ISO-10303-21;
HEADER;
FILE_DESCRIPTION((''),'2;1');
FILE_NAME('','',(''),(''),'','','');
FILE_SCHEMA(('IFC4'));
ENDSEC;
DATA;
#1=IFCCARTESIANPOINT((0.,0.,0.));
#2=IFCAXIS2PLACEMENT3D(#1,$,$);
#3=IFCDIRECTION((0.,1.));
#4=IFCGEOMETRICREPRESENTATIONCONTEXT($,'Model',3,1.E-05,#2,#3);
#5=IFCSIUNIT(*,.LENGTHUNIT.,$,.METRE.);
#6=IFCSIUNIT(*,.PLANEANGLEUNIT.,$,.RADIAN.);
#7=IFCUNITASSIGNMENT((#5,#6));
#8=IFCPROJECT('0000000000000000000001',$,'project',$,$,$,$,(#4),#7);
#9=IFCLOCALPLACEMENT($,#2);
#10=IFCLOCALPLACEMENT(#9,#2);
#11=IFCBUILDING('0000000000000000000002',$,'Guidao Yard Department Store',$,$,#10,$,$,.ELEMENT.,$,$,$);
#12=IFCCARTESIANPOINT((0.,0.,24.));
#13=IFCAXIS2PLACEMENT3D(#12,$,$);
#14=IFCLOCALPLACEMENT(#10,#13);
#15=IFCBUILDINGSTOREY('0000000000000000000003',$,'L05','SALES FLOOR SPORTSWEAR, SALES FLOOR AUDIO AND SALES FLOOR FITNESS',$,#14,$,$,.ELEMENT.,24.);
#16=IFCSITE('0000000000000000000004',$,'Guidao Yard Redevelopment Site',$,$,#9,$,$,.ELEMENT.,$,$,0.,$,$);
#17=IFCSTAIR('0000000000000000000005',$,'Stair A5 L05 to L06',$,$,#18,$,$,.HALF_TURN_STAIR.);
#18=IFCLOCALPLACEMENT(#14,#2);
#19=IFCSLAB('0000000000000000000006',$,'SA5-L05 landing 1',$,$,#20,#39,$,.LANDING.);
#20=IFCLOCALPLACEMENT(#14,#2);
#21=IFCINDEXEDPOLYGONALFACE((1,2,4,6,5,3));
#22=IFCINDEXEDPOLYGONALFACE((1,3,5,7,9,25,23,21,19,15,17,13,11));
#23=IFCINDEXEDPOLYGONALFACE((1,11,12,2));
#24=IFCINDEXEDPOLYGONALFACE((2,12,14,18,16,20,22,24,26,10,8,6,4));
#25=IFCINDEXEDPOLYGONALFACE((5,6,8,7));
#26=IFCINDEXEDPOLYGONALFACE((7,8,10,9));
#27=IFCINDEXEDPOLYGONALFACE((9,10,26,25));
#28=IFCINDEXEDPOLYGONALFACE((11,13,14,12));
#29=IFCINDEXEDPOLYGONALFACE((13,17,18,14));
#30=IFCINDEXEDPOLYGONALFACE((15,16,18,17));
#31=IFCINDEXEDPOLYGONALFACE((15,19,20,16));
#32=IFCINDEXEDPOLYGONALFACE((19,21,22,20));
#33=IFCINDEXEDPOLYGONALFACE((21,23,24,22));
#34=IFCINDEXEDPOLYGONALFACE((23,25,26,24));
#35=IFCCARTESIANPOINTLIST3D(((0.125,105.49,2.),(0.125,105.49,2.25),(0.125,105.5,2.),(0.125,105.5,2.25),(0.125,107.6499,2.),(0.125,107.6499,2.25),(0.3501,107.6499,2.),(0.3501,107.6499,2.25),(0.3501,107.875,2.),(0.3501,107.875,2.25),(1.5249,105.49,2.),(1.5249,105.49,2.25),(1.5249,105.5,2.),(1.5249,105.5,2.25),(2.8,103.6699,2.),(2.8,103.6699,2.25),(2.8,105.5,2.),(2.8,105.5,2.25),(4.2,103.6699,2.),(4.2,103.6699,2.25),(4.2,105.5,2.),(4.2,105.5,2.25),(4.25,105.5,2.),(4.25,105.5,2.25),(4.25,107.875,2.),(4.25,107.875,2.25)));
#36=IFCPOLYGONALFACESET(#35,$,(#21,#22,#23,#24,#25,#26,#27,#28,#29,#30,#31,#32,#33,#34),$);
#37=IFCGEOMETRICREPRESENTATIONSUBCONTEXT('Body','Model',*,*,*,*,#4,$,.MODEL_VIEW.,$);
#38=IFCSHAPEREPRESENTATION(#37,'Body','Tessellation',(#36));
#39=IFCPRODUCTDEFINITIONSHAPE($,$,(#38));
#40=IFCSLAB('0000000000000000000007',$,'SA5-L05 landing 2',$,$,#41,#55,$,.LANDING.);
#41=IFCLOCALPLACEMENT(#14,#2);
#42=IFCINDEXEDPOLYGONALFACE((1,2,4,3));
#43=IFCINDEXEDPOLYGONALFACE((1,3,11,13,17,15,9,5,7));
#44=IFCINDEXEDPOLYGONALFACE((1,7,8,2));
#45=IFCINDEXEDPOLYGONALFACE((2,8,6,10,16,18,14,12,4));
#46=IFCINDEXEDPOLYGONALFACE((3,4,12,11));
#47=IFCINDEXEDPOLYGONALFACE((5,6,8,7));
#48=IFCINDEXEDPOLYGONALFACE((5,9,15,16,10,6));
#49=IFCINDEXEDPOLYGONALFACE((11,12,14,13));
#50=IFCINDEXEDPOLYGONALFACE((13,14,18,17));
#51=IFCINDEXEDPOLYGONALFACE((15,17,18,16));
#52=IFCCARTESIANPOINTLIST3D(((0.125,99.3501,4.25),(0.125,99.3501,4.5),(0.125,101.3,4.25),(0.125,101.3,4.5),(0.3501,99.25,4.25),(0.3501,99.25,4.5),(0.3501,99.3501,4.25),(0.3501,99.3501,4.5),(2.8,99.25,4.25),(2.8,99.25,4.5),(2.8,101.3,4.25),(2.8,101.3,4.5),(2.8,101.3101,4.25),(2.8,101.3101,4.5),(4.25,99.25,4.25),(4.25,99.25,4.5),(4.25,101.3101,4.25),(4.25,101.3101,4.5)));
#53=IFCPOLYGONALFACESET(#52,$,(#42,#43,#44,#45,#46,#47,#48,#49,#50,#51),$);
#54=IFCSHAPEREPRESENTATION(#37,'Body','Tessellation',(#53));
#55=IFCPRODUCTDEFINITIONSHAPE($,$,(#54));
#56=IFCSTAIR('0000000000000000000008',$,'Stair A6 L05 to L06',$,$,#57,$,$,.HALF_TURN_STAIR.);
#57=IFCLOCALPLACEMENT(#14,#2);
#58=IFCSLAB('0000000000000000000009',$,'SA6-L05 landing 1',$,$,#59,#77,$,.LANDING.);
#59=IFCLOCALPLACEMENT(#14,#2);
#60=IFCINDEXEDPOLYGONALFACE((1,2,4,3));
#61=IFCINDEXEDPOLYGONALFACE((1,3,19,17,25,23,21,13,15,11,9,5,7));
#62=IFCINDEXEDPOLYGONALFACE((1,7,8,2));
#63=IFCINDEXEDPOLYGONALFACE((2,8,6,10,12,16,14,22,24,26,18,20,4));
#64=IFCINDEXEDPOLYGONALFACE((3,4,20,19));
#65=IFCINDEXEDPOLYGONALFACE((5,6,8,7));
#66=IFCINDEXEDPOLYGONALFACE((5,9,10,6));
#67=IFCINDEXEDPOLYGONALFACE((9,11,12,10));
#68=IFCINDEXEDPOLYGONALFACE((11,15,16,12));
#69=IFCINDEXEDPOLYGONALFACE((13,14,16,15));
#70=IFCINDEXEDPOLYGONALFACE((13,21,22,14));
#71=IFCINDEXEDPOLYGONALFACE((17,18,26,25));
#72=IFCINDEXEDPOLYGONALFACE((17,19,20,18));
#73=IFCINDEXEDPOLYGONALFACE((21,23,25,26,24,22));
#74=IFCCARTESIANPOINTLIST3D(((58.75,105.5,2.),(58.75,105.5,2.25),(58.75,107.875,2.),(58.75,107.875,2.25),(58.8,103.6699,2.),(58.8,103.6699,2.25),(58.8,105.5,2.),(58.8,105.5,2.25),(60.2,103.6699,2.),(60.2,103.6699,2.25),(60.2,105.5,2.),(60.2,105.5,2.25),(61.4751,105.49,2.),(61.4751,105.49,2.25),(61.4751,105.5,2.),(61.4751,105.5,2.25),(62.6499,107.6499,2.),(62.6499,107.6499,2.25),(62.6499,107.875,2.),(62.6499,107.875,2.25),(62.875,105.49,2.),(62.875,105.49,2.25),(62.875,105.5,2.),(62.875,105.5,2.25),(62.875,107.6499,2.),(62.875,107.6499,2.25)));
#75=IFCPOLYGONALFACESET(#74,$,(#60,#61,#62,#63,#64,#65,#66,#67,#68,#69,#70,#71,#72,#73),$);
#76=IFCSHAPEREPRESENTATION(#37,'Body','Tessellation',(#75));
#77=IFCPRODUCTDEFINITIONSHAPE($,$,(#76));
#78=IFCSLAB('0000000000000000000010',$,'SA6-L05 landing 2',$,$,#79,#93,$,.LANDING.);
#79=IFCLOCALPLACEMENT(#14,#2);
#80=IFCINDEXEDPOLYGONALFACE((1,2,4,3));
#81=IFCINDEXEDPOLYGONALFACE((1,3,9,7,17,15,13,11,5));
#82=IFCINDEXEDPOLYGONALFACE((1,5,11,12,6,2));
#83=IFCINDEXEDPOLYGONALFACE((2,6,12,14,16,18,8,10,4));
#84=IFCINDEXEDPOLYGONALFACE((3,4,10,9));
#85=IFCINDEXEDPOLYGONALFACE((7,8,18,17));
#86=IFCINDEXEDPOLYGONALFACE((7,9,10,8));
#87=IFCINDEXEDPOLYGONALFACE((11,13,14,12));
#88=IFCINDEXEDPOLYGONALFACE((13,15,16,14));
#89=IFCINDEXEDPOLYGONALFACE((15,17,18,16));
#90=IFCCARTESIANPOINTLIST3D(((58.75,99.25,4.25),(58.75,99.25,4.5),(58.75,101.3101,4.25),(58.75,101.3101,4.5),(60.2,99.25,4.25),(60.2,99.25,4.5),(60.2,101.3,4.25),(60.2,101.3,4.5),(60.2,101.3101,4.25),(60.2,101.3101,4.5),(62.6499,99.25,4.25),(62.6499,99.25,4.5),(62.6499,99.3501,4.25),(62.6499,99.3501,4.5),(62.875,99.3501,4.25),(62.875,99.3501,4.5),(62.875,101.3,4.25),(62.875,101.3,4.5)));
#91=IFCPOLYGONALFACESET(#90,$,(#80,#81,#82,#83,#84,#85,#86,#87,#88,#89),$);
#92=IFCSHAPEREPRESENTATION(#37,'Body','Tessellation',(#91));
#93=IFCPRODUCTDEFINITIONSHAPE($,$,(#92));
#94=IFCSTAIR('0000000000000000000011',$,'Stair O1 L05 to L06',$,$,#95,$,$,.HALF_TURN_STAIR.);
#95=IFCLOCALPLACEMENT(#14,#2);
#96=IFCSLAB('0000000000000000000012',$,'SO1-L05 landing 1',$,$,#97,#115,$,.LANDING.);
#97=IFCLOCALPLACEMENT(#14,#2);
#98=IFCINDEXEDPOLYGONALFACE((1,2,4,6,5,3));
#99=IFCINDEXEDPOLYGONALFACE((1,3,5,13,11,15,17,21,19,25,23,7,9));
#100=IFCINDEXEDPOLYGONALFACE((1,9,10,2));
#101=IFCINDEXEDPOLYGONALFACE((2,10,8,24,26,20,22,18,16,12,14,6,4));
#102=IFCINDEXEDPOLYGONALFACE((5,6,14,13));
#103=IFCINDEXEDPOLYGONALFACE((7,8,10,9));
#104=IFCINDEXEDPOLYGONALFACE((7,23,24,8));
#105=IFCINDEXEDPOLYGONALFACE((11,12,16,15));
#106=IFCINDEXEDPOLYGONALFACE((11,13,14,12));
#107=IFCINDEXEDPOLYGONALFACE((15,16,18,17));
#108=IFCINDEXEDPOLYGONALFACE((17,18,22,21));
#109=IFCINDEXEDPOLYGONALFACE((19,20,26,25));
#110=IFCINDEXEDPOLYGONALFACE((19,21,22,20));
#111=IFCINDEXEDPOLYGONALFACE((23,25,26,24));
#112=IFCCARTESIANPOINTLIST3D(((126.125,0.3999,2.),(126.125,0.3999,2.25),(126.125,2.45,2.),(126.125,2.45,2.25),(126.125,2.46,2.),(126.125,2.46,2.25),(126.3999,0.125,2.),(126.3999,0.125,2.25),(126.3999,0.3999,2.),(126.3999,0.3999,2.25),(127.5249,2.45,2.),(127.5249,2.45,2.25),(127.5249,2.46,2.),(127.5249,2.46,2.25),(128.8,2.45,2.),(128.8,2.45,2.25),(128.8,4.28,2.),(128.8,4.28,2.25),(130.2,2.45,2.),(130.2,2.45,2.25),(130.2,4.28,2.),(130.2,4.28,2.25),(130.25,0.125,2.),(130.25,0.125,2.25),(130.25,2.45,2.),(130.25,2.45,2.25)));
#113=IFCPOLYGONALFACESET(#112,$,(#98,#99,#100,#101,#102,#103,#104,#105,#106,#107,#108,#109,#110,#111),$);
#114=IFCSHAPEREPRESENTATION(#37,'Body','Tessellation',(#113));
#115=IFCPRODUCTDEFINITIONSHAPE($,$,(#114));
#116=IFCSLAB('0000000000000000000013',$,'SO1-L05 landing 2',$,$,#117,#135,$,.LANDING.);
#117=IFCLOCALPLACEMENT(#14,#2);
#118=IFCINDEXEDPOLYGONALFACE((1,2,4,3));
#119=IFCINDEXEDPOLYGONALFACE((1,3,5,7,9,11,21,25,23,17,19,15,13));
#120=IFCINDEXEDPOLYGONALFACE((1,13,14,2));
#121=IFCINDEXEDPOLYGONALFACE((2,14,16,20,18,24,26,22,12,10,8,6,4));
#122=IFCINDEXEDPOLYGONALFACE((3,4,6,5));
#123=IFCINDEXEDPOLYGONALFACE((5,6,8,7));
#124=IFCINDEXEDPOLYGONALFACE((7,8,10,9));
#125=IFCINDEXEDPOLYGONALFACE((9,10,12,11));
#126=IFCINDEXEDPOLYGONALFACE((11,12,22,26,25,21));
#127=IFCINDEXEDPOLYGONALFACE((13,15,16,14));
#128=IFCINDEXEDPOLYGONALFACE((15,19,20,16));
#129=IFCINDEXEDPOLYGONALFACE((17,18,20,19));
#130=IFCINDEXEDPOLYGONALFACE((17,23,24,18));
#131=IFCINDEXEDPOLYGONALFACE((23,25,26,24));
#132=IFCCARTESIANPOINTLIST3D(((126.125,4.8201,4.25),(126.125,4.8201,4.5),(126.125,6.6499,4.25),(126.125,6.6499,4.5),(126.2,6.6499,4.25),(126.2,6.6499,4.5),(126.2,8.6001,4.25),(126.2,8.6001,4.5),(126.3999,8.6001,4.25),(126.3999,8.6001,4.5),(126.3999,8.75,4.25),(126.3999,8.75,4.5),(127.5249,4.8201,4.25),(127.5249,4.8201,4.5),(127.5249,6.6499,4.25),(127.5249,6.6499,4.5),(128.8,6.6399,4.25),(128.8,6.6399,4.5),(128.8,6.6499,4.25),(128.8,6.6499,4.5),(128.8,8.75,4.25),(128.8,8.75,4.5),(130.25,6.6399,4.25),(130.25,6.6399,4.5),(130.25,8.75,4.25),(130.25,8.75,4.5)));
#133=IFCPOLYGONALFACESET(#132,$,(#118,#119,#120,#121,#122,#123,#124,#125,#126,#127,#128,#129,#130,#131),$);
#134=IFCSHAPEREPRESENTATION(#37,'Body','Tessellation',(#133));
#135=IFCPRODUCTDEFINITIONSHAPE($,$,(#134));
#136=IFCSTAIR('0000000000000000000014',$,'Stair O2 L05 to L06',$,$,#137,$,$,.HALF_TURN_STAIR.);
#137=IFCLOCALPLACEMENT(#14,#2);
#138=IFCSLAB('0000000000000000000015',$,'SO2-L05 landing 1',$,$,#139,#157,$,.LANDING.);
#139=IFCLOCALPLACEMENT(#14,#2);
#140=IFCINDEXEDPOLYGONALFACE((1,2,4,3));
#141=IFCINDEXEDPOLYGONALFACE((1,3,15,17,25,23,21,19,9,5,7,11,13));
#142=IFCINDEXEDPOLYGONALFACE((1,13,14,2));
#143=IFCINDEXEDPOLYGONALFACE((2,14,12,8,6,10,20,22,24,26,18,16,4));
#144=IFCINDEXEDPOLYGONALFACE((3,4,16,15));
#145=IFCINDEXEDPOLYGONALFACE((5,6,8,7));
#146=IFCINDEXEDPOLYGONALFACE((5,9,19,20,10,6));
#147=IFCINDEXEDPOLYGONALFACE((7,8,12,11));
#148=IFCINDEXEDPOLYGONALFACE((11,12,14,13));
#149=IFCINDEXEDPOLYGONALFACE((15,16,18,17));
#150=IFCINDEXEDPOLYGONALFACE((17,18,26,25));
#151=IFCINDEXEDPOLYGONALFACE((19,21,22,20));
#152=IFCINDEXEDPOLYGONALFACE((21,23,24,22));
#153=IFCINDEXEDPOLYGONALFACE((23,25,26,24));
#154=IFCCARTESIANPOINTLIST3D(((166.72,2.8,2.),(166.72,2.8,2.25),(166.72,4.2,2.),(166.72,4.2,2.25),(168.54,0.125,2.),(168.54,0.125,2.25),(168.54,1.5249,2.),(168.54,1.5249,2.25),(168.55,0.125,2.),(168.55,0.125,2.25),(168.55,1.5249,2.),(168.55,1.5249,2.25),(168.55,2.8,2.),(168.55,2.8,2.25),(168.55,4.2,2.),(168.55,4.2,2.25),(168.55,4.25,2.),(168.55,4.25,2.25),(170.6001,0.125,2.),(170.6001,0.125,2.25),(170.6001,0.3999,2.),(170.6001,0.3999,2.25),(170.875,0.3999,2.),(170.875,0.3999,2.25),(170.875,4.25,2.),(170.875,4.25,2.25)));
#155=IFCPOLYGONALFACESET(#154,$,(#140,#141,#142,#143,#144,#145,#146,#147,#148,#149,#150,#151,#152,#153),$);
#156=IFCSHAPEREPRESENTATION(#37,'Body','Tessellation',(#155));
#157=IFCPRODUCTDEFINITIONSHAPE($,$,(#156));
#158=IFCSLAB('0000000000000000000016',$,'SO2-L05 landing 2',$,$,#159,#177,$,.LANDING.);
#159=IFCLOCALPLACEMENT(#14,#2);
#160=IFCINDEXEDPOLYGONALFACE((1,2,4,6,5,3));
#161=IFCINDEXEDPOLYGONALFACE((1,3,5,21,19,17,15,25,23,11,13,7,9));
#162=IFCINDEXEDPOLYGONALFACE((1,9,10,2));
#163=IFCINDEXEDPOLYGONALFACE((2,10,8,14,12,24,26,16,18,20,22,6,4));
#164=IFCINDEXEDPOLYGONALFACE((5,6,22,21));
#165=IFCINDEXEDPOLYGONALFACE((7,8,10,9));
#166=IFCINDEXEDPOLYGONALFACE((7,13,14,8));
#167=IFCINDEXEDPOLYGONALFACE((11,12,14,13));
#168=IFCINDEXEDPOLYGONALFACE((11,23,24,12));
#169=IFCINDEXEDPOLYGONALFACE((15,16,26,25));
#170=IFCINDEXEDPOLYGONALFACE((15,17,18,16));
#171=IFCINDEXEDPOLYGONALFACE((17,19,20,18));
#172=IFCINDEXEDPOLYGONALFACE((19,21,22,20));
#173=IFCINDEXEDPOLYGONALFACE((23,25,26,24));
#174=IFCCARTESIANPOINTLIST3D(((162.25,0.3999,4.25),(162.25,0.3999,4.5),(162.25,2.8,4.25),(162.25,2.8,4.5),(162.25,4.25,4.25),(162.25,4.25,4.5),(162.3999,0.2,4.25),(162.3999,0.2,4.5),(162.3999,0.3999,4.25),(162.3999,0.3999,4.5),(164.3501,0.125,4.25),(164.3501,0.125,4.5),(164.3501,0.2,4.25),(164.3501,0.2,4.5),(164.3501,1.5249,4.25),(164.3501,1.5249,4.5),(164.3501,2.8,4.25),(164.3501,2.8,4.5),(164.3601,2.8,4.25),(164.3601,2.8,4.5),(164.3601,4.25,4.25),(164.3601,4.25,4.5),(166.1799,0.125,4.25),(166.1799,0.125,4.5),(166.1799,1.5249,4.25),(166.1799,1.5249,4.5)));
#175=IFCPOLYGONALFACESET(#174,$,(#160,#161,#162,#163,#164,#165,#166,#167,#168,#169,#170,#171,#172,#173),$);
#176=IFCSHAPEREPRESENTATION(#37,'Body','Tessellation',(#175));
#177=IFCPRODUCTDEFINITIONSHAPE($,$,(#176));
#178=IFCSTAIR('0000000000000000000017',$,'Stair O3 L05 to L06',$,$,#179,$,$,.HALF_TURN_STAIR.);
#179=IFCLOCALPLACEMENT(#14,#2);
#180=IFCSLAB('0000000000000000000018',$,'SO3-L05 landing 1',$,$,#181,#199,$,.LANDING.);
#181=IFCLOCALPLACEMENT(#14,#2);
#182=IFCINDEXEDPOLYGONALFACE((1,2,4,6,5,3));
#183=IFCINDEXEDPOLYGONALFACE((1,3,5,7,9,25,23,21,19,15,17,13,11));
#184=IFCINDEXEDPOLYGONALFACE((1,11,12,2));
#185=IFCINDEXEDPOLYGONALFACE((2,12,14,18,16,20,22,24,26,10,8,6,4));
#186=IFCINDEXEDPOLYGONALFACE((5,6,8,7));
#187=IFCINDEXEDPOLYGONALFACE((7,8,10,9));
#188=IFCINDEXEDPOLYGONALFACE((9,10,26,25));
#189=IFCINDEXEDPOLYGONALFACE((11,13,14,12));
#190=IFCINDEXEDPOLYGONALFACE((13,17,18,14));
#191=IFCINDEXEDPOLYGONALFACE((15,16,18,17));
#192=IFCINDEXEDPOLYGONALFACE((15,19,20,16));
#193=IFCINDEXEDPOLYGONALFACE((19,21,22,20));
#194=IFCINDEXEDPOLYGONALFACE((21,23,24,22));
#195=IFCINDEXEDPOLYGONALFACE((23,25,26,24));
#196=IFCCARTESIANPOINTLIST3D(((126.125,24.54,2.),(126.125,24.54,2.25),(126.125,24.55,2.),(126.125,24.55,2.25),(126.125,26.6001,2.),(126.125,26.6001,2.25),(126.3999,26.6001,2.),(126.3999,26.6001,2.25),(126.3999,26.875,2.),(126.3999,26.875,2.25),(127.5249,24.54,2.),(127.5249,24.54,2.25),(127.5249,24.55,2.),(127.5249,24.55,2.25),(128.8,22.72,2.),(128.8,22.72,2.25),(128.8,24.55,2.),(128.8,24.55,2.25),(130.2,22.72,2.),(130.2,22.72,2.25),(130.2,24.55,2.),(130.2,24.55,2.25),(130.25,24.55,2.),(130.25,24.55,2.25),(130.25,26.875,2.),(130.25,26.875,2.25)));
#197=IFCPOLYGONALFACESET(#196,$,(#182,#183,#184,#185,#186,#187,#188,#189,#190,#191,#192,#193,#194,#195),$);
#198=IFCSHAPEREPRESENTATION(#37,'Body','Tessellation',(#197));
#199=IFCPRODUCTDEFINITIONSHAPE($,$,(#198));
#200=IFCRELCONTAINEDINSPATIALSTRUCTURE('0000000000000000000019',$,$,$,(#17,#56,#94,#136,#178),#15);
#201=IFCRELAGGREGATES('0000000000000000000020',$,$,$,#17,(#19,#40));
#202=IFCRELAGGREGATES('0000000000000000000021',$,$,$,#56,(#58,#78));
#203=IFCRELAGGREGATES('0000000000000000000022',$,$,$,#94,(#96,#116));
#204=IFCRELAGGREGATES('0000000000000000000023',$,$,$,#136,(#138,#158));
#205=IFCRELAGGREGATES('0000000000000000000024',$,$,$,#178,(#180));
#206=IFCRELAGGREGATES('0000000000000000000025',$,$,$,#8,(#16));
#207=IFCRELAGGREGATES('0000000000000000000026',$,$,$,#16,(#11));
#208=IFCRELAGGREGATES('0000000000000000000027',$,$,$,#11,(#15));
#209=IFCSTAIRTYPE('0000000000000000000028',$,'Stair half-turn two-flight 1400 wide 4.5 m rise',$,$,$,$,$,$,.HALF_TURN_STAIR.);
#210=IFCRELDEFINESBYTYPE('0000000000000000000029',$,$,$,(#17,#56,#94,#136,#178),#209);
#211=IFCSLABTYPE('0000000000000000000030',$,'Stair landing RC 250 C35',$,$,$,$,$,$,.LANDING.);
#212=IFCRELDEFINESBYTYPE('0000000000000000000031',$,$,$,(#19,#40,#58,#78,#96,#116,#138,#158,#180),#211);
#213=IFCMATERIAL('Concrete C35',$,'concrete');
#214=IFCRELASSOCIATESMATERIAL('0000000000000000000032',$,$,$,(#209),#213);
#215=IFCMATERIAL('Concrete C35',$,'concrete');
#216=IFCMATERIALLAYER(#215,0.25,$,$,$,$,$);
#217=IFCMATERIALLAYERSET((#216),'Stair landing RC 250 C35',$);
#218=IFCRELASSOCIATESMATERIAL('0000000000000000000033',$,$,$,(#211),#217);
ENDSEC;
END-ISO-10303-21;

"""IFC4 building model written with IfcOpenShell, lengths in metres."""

from ifc_helpers import new_model, si_unit, direction, frame, origin, place, context, subcontext, project, spatial, polyline, outline, extrude, material, layer, layer_set, type_object, element, aggregate, save


model = new_model("IFC4")

# Units and contexts
model_context = context("Model", 3, precision=1e-05, world=origin(), true_north=direction((0.0, 1.0)))
body_context = subcontext(model_context, "Body", "Model", "MODEL_VIEW")
ifc_project = project(units=[si_unit("LENGTHUNIT", "METRE"), si_unit("PLANEANGLEUNIT", "RADIAN")], contexts=[model_context])

# Site, building, storey
site_placement = place(None, origin())
site = spatial("IfcSite", under=ifc_project, at=site_placement, Name="Guidao Yard Redevelopment Site", CompositionType="ELEMENT", RefElevation=0.0)
building_placement = place(site_placement, origin())
building = spatial("IfcBuilding", under=site, at=building_placement, Name="Guidao Yard Department Store", CompositionType="ELEMENT")
storey_placement = place(building_placement, frame((0.0, 0.0, 24.0)))
storey = spatial("IfcBuildingStorey", under=building, at=storey_placement, Name="L05", Description="SALES FLOOR SPORTSWEAR, SALES FLOOR AUDIO AND SALES FLOOR FITNESS", CompositionType="ELEMENT", Elevation=24.0)

# Stairs, slabs
ifc_material_1 = material(Name="Concrete C35", Category="concrete")
stair_type = type_object("IfcStairType", Name="Stair half-turn two-flight 1400 wide 4.5 m rise", PredefinedType="HALF_TURN_STAIR", material=ifc_material_1)
stair_1_placement = place(storey_placement, origin())
stair_1 = element("IfcStair", 1, at=stair_1_placement, inside=storey, type_object=stair_type, Name="Stair A5 L05 to L06", PredefinedType="HALF_TURN_STAIR")
ifc_material_2 = material(Name="Concrete C35", Category="concrete")
ifc_layer_1 = layer(ifc_material_2, 0.25)
ifc_layer_set_1 = layer_set([ifc_layer_1], Name="Stair landing RC 250 C35")
slab_type_1 = type_object("IfcSlabType", Name="Stair landing RC 250 C35", PredefinedType="LANDING", material=ifc_layer_set_1)
slab_1_placement = place(storey_placement, frame((0.0, 0.0, 2.0)))
slab_1 = element("IfcSlab", 2, at=slab_1_placement, type_object=slab_type_1, Name="SA5-L05 landing 1", PredefinedType="LANDING", context=body_context, shape_type="SweptSolid", body=[
    extrude(outline(polyline([(2.8, 105.5), (1.5249, 105.5), (1.5249, 105.49), (0.125, 105.49), (0.125, 105.5), (0.125, 107.6499), (0.3501, 107.6499), (0.3501, 107.875), (4.25, 107.875), (4.25, 105.5), (4.2, 105.5), (4.2, 103.6699), (2.8, 103.6699), (2.8, 105.5)])), origin(), (0.0, 0.0, 1.0), 0.25),
])
slab_2_placement = place(storey_placement, frame((0.0, 0.0, 4.25)))
slab_2 = element("IfcSlab", 3, at=slab_2_placement, type_object=slab_type_1, Name="SA5-L05 landing 2", PredefinedType="LANDING", context=body_context, shape_type="SweptSolid", body=[
    extrude(outline(polyline([(2.8, 101.3), (2.8, 101.3101), (4.25, 101.3101), (4.25, 99.25), (2.8, 99.25), (0.3501, 99.25), (0.3501, 99.3501), (0.125, 99.3501), (0.125, 101.3), (2.8, 101.3)])), origin(), (0.0, 0.0, 1.0), 0.25),
])
aggregate(stair_1, [slab_1, slab_2])
stair_2_placement = place(storey_placement, origin())
stair_2 = element("IfcStair", 4, at=stair_2_placement, inside=storey, type_object=stair_type, Name="Stair A6 L05 to L06", PredefinedType="HALF_TURN_STAIR")
slab_3_placement = place(storey_placement, frame((0.0, 0.0, 2.0)))
slab_3 = element("IfcSlab", 5, at=slab_3_placement, type_object=slab_type_1, Name="SA6-L05 landing 1", PredefinedType="LANDING", context=body_context, shape_type="SweptSolid", body=[
    extrude(outline(polyline([(58.8, 105.5), (58.75, 105.5), (58.75, 107.875), (62.6499, 107.875), (62.6499, 107.6499), (62.875, 107.6499), (62.875, 105.5), (62.875, 105.49), (61.4751, 105.49), (61.4751, 105.5), (60.2, 105.5), (60.2, 103.6699), (58.8, 103.6699), (58.8, 105.5)])), origin(), (0.0, 0.0, 1.0), 0.25),
])
slab_4_placement = place(storey_placement, frame((0.0, 0.0, 4.25)))
slab_4 = element("IfcSlab", 6, at=slab_4_placement, type_object=slab_type_1, Name="SA6-L05 landing 2", PredefinedType="LANDING", context=body_context, shape_type="SweptSolid", body=[
    extrude(outline(polyline([(62.6499, 99.3501), (62.6499, 99.25), (60.2, 99.25), (58.75, 99.25), (58.75, 101.3101), (60.2, 101.3101), (60.2, 101.3), (62.875, 101.3), (62.875, 99.3501), (62.6499, 99.3501)])), origin(), (0.0, 0.0, 1.0), 0.25),
])
aggregate(stair_2, [slab_3, slab_4])
stair_3_placement = place(storey_placement, origin())
stair_3 = element("IfcStair", 7, at=stair_3_placement, inside=storey, type_object=stair_type, Name="Stair O1 L05 to L06", PredefinedType="HALF_TURN_STAIR")
slab_5_placement = place(storey_placement, frame((0.0, 0.0, 2.0)))
slab_5 = element("IfcSlab", 8, at=slab_5_placement, type_object=slab_type_1, Name="SO1-L05 landing 1", PredefinedType="LANDING", context=body_context, shape_type="SweptSolid", body=[
    extrude(outline(polyline([(126.3999, 0.125), (126.3999, 0.3999), (126.125, 0.3999), (126.125, 2.45), (126.125, 2.46), (127.5249, 2.46), (127.5249, 2.45), (128.8, 2.45), (128.8, 4.28), (130.2, 4.28), (130.2, 2.45), (130.25, 2.45), (130.25, 0.125), (126.3999, 0.125)])), origin(), (0.0, 0.0, 1.0), 0.25),
])
slab_6_placement = place(storey_placement, frame((0.0, 0.0, 4.25)))
slab_6 = element("IfcSlab", 9, at=slab_6_placement, type_object=slab_type_1, Name="SO1-L05 landing 2", PredefinedType="LANDING", context=body_context, shape_type="SweptSolid", body=[
    extrude(outline(polyline([(126.125, 6.6499), (126.2, 6.6499), (126.2, 8.6001), (126.3999, 8.6001), (126.3999, 8.75), (128.8, 8.75), (130.25, 8.75), (130.25, 6.6399), (128.8, 6.6399), (128.8, 6.6499), (127.5249, 6.6499), (127.5249, 4.8201), (126.125, 4.8201), (126.125, 6.6499)])), origin(), (0.0, 0.0, 1.0), 0.25),
])
aggregate(stair_3, [slab_5, slab_6])
stair_4_placement = place(storey_placement, origin())
stair_4 = element("IfcStair", 10, at=stair_4_placement, inside=storey, type_object=stair_type, Name="Stair O2 L05 to L06", PredefinedType="HALF_TURN_STAIR")
slab_7_placement = place(storey_placement, frame((0.0, 0.0, 2.0)))
slab_7 = element("IfcSlab", 11, at=slab_7_placement, type_object=slab_type_1, Name="SO2-L05 landing 1", PredefinedType="LANDING", context=body_context, shape_type="SweptSolid", body=[
    extrude(outline(polyline([(168.55, 1.5249), (168.55, 2.8), (166.72, 2.8), (166.72, 4.2), (168.55, 4.2), (168.55, 4.25), (170.875, 4.25), (170.875, 0.3999), (170.6001, 0.3999), (170.6001, 0.125), (168.55, 0.125), (168.54, 0.125), (168.54, 1.5249), (168.55, 1.5249)])), origin(), (0.0, 0.0, 1.0), 0.25),
])
slab_8_placement = place(storey_placement, frame((0.0, 0.0, 4.25)))
slab_8 = element("IfcSlab", 12, at=slab_8_placement, type_object=slab_type_1, Name="SO2-L05 landing 2", PredefinedType="LANDING", context=body_context, shape_type="SweptSolid", body=[
    extrude(outline(polyline([(164.3501, 0.125), (164.3501, 0.2), (162.3999, 0.2), (162.3999, 0.3999), (162.25, 0.3999), (162.25, 2.8), (162.25, 4.25), (164.3601, 4.25), (164.3601, 2.8), (164.3501, 2.8), (164.3501, 1.5249), (166.1799, 1.5249), (166.1799, 0.125), (164.3501, 0.125)])), origin(), (0.0, 0.0, 1.0), 0.25),
])
aggregate(stair_4, [slab_7, slab_8])
stair_5_placement = place(storey_placement, origin())
stair_5 = element("IfcStair", 13, at=stair_5_placement, inside=storey, type_object=stair_type, Name="Stair O3 L05 to L06", PredefinedType="HALF_TURN_STAIR")
slab_9_placement = place(storey_placement, frame((0.0, 0.0, 2.0)))
slab_9 = element("IfcSlab", 14, at=slab_9_placement, type_object=slab_type_1, Name="SO3-L05 landing 1", PredefinedType="LANDING", context=body_context, shape_type="SweptSolid", body=[
    extrude(outline(polyline([(128.8, 24.55), (127.5249, 24.55), (127.5249, 24.54), (126.125, 24.54), (126.125, 24.55), (126.125, 26.6001), (126.3999, 26.6001), (126.3999, 26.875), (130.25, 26.875), (130.25, 24.55), (130.2, 24.55), (130.2, 22.72), (128.8, 22.72), (128.8, 24.55)])), origin(), (0.0, 0.0, 1.0), 0.25),
])
aggregate(stair_5, [slab_9])

save(model, "model.ifc")
